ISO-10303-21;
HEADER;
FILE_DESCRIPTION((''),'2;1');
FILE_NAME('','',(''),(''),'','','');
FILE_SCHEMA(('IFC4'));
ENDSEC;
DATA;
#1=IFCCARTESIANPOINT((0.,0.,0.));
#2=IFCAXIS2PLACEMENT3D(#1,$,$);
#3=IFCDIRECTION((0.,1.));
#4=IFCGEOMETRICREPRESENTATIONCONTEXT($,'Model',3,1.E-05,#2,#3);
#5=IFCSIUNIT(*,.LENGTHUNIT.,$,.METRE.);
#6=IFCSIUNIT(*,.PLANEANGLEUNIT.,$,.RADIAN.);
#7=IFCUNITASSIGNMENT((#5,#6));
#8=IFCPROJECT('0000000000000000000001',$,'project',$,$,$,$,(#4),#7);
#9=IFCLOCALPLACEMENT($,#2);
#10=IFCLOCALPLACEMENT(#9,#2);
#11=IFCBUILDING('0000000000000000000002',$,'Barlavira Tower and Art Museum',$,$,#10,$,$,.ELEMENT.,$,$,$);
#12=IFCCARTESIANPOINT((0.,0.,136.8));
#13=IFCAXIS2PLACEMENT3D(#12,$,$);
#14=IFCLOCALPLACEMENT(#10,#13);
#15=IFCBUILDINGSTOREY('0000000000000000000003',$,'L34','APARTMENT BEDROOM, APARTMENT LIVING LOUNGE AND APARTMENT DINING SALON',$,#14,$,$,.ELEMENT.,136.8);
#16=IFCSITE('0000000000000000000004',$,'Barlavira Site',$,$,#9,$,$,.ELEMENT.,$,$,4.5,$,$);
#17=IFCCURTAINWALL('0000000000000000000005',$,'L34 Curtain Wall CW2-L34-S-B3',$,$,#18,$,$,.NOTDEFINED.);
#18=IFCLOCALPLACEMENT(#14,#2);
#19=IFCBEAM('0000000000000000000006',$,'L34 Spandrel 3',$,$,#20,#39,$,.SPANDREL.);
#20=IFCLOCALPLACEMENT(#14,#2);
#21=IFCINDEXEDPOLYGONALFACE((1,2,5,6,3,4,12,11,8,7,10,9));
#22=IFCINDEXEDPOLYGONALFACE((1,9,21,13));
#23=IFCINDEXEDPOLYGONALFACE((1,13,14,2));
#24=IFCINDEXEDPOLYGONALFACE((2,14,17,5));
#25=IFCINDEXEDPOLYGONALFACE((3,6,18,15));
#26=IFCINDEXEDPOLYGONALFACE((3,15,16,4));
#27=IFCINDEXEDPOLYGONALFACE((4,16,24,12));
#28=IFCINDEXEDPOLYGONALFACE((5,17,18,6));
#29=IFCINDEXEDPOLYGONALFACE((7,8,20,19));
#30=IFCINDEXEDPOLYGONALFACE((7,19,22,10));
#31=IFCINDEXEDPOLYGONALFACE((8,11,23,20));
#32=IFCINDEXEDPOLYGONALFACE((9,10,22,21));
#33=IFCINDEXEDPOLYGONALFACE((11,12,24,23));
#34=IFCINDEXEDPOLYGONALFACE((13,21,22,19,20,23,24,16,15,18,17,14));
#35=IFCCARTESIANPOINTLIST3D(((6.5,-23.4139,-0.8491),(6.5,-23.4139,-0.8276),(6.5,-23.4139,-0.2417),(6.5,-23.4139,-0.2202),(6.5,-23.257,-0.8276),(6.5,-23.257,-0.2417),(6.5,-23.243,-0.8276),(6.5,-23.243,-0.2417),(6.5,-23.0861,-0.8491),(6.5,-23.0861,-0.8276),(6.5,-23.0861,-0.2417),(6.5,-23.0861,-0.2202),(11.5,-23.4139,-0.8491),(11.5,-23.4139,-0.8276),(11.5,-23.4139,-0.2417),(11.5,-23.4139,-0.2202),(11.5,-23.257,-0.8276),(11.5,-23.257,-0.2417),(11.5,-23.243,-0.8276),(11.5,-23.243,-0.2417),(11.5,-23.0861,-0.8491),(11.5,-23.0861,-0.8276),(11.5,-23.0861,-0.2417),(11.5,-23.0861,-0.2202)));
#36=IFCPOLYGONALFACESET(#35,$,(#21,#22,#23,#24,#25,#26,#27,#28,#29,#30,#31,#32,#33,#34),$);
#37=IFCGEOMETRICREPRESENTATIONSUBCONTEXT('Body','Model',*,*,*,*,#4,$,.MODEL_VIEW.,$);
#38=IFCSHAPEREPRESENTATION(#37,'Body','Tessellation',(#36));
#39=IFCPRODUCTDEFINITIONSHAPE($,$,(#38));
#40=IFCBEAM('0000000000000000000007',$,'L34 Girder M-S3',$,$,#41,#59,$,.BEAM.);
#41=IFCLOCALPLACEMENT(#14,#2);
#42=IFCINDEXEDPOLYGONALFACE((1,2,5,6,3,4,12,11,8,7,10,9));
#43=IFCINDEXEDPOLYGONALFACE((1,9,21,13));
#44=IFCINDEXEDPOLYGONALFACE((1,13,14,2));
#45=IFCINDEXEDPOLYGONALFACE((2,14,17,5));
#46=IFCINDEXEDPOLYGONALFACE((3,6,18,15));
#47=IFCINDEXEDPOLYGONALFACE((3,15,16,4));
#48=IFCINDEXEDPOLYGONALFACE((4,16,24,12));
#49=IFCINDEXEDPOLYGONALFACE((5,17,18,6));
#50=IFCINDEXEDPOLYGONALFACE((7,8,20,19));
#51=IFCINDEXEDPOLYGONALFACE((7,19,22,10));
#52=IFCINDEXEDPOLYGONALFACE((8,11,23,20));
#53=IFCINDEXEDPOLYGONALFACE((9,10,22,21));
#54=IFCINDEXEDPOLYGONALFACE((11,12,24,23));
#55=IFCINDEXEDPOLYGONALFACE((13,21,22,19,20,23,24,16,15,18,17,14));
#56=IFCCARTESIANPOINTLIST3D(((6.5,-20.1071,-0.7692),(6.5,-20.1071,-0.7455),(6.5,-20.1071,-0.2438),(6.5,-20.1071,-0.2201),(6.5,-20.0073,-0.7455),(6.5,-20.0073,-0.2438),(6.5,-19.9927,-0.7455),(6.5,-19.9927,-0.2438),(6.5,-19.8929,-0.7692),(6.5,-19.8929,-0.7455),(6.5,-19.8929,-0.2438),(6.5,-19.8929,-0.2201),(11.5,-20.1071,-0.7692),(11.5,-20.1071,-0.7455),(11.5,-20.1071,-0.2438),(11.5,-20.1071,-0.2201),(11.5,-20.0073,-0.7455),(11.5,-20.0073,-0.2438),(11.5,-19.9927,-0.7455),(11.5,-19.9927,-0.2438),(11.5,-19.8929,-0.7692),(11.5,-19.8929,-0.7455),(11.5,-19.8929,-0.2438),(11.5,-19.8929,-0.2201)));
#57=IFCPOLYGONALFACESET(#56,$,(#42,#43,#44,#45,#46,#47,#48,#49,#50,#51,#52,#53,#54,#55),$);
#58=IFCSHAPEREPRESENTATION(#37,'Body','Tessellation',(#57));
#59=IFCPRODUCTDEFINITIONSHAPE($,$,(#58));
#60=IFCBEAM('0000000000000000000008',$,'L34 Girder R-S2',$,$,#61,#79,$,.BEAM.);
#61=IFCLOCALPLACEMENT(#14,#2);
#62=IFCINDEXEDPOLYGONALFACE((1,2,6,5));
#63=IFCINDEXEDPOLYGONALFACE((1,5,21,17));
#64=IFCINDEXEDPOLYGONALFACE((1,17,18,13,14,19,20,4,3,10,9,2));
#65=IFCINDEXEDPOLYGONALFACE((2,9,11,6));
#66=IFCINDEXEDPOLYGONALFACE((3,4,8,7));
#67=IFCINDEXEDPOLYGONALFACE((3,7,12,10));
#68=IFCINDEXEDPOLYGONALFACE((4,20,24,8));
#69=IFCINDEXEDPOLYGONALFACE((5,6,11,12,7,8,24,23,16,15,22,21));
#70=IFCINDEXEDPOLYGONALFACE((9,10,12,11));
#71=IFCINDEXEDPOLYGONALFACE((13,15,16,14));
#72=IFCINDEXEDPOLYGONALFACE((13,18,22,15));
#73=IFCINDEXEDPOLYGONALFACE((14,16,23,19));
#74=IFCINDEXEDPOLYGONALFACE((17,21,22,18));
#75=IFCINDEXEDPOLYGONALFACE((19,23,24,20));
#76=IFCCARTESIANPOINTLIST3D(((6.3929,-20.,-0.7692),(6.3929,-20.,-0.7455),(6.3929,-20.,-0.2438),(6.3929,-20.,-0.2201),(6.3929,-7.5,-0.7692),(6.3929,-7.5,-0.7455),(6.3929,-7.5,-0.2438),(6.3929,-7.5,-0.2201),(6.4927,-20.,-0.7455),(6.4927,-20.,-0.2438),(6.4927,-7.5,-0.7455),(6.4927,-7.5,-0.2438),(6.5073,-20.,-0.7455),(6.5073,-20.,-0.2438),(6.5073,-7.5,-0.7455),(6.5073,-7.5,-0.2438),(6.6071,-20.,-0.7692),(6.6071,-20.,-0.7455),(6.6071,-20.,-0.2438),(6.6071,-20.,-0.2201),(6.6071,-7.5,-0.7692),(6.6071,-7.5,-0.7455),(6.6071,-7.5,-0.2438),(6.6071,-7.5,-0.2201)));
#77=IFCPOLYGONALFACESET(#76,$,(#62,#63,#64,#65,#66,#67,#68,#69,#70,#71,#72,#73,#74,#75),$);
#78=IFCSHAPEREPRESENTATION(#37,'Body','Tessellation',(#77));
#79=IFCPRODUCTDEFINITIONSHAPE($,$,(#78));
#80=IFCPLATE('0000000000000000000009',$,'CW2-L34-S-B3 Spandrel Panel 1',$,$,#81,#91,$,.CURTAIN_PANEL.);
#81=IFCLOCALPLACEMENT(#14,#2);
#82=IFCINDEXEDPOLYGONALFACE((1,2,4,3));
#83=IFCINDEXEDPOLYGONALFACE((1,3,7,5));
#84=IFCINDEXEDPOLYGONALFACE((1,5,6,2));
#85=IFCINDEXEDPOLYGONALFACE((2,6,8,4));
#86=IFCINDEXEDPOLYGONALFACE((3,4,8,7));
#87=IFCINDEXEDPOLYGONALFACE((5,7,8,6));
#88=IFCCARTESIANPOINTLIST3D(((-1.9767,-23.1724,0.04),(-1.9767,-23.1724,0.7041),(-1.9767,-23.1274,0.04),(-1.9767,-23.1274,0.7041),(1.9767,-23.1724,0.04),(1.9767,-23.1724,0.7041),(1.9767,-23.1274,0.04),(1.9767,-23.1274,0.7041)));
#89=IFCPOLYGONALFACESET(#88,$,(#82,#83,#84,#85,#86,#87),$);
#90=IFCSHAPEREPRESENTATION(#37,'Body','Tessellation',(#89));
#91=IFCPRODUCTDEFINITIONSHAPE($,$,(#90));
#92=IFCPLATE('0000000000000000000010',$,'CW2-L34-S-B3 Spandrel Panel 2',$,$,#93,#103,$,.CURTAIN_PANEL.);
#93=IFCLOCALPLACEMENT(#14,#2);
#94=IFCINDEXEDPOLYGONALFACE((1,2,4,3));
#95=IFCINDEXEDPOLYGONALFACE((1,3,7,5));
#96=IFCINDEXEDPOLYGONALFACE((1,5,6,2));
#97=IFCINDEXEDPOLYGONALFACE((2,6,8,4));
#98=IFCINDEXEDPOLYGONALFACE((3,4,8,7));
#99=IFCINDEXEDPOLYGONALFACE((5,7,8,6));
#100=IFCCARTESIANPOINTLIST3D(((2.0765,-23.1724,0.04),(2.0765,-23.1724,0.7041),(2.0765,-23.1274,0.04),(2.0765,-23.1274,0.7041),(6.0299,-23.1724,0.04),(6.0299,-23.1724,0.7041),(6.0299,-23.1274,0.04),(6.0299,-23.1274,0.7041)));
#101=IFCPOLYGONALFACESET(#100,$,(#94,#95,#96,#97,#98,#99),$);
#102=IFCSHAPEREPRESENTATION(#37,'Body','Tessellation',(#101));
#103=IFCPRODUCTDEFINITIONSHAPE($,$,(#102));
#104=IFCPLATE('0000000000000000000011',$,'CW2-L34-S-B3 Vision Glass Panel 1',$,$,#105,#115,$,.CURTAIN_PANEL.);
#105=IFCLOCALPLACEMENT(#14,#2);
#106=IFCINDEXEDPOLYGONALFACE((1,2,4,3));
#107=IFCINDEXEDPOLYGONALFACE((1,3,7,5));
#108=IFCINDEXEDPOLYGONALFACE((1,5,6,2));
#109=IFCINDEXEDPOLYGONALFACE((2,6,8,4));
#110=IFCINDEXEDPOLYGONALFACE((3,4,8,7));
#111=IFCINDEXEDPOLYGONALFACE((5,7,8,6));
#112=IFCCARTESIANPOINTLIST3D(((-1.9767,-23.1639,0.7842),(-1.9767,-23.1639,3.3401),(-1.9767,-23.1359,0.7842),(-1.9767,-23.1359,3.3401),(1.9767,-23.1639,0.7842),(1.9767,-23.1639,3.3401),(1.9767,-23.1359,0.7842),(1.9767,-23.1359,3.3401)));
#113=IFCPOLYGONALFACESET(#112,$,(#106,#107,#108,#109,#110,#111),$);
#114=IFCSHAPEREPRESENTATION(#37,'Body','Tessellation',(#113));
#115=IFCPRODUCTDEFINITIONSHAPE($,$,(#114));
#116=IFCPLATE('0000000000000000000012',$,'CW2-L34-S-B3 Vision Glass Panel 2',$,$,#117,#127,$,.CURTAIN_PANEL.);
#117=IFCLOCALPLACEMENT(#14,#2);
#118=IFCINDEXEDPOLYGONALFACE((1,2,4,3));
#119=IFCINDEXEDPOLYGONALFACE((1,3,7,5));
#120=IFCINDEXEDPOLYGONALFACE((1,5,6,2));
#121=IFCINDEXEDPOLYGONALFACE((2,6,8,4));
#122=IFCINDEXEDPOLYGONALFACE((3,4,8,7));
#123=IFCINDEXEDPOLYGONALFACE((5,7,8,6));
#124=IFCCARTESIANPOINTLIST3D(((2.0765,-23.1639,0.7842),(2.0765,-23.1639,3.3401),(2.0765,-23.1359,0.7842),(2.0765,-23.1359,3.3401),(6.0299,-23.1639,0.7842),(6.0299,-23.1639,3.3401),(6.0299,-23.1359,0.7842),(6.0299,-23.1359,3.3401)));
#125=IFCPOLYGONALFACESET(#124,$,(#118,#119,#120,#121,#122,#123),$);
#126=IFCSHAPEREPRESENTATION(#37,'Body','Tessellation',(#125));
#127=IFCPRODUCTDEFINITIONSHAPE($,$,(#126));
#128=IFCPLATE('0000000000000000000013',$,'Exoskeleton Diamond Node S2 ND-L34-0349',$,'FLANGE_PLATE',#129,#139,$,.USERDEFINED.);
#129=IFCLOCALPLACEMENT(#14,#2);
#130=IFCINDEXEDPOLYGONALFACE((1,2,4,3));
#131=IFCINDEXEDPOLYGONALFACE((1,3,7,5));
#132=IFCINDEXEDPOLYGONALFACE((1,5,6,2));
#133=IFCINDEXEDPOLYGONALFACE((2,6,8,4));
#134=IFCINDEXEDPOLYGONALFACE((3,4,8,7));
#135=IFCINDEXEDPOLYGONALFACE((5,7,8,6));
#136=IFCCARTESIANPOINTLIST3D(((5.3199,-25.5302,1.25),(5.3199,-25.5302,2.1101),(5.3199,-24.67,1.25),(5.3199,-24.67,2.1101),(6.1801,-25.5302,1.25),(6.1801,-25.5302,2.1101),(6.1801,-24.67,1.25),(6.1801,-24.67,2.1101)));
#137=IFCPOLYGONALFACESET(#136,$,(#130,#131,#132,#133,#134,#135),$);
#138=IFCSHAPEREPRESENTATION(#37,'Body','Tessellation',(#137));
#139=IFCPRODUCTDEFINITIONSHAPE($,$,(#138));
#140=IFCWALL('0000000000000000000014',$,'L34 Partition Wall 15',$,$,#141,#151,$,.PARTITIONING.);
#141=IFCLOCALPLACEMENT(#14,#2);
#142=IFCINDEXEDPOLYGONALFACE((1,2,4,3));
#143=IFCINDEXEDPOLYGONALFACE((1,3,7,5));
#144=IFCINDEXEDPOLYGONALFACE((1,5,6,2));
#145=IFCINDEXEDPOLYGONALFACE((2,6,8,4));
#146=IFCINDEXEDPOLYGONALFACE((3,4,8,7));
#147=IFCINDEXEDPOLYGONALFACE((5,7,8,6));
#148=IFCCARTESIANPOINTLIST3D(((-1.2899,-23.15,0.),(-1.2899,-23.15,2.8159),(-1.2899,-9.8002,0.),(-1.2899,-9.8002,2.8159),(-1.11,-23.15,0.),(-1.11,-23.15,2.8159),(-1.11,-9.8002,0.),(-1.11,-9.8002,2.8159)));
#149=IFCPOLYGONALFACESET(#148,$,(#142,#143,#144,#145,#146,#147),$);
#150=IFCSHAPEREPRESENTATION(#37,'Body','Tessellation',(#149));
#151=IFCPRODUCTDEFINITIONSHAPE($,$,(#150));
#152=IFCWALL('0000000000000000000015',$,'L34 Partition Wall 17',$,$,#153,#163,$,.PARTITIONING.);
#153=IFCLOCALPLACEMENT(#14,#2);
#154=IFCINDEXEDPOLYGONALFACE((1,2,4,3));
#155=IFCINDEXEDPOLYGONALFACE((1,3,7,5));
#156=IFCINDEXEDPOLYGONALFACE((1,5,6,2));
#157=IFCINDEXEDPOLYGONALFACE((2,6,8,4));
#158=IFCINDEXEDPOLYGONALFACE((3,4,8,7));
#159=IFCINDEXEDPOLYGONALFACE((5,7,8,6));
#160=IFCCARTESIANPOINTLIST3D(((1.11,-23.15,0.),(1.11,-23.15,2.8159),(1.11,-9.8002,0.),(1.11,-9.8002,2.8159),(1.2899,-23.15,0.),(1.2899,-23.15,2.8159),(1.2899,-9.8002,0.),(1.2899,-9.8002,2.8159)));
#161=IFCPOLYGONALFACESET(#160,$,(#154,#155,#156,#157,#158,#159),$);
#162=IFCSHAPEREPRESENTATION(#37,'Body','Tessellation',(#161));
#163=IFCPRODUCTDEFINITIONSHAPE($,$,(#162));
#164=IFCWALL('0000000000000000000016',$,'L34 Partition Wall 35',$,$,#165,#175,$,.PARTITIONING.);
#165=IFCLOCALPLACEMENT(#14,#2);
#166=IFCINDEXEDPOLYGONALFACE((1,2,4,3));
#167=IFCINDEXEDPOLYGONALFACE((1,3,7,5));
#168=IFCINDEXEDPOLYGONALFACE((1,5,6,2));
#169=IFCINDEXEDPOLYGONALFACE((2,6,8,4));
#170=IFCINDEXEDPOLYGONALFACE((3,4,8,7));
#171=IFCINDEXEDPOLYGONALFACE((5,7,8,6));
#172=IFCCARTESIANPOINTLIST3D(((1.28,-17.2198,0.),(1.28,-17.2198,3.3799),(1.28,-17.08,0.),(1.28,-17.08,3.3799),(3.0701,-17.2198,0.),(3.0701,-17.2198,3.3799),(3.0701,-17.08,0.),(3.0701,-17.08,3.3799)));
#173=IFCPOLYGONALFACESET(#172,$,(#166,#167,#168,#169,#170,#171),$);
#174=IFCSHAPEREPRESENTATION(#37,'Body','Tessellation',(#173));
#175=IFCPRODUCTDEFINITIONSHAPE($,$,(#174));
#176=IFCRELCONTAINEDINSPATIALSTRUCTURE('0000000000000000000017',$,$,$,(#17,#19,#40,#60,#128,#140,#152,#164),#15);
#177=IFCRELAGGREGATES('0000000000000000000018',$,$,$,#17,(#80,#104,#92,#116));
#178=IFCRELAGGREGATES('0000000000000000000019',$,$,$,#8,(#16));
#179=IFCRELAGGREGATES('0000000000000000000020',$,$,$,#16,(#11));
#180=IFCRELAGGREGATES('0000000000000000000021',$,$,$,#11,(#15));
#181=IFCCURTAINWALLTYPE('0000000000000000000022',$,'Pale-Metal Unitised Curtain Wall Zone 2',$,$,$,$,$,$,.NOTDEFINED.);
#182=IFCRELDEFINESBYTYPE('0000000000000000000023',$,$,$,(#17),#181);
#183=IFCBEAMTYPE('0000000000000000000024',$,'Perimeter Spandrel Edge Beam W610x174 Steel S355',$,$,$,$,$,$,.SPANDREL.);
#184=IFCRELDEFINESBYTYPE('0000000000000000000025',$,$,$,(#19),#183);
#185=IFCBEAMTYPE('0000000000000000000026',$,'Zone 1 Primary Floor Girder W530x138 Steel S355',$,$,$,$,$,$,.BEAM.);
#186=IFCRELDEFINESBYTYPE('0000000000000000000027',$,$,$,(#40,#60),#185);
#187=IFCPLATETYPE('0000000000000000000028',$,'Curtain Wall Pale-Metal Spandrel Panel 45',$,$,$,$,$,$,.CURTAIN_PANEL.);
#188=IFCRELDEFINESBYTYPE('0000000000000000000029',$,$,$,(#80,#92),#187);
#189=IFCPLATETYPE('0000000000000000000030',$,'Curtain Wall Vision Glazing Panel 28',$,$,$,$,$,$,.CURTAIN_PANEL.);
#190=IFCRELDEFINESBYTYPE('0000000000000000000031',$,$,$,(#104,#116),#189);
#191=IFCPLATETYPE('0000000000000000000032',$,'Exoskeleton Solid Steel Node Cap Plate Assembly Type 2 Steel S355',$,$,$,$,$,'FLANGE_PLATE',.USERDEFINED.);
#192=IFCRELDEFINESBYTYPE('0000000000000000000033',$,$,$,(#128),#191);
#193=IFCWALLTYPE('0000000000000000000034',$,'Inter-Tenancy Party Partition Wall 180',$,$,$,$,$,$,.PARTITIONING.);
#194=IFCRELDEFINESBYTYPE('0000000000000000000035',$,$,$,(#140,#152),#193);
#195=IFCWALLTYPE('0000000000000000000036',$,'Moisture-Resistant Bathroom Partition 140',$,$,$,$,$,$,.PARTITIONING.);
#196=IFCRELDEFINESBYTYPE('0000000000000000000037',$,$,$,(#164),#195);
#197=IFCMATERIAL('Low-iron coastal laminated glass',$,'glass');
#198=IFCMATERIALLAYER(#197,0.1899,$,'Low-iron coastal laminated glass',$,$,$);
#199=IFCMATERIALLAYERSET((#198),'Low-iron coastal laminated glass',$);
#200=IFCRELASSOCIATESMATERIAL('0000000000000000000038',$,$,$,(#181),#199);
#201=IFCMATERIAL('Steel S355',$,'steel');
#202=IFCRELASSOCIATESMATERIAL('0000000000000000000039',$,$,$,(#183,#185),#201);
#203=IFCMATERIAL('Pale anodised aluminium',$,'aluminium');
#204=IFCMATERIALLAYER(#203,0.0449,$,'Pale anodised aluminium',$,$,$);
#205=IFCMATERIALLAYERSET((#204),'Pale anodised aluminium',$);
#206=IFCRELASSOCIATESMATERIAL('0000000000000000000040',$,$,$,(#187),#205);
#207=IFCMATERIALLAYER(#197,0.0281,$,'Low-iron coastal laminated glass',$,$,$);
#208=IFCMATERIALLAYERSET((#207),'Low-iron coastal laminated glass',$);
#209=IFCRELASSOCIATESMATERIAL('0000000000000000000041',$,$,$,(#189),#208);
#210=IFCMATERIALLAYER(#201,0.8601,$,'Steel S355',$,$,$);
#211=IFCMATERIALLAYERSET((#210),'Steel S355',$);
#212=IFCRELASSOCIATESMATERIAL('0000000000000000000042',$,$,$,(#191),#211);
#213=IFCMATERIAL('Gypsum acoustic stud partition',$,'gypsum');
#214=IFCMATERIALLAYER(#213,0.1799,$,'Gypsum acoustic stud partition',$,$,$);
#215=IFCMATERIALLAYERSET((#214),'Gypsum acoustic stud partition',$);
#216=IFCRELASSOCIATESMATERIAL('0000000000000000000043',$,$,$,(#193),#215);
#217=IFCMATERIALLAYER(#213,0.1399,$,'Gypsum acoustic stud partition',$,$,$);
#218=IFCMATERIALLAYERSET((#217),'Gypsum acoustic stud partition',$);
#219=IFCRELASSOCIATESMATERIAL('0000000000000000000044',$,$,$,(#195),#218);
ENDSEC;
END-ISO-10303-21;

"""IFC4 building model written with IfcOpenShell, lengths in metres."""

from ifc_helpers import new_model, si_unit, direction, frame, frame_2d, origin, origin_2d, place, context, subcontext, project, spatial, rectangle, i_section, extrude, material, layer, layer_set, material_profile, profile_set, type_object, element, aggregate, save


model = new_model("IFC4")

# Units and contexts
model_context = context("Model", 3, precision=1e-05, world=origin(), true_north=direction((0.0, 1.0)))
body_context = subcontext(model_context, "Body", "Model", "MODEL_VIEW")
ifc_project = project(units=[si_unit("LENGTHUNIT", "METRE"), si_unit("PLANEANGLEUNIT", "RADIAN")], contexts=[model_context])

# Site, building, storey
site_placement = place(None, origin())
site = spatial("IfcSite", under=ifc_project, at=site_placement, Name="Barlavira Site", CompositionType="ELEMENT", RefElevation=4.5)
building_placement = place(site_placement, origin())
building = spatial("IfcBuilding", under=site, at=building_placement, Name="Barlavira Tower and Art Museum", CompositionType="ELEMENT")
storey_placement = place(building_placement, frame((0.0, 0.0, 136.8)))
storey = spatial("IfcBuildingStorey", under=building, at=storey_placement, Name="L34", Description="APARTMENT BEDROOM, APARTMENT LIVING LOUNGE AND APARTMENT DINING SALON", CompositionType="ELEMENT", Elevation=136.8)

# Curtain wall
ifc_material_1 = material(Name="Low-iron coastal laminated glass", Category="glass")
ifc_layer_1 = layer(ifc_material_1, 0.1899, Name="Low-iron coastal laminated glass")
ifc_layer_set_1 = layer_set([ifc_layer_1], Name="Low-iron coastal laminated glass")
curtain_wall_type = type_object("IfcCurtainWallType", Name="Pale-Metal Unitised Curtain Wall Zone 2", PredefinedType="NOTDEFINED", material=ifc_layer_set_1)
curtain_wall_placement = place(storey_placement, origin())
curtain_wall = element("IfcCurtainWall", 1, at=curtain_wall_placement, inside=storey, type_object=curtain_wall_type, Name="L34 Curtain Wall CW2-L34-S-B3", PredefinedType="NOTDEFINED")
ifc_material_2 = material(Name="Pale anodised aluminium", Category="aluminium")

# Beams
ifc_material_3 = material(Name="Steel S355", Category="steel")
ifc_material_profile_1 = material_profile(ifc_material_3, i_section(OverallWidth=0.3279, OverallDepth=0.6289, WebThickness=0.0139, FlangeThickness=0.0215, at=origin_2d()), Name="W610x174.0")
ifc_profile_set_1 = profile_set([ifc_material_profile_1], Name="Steel S355")
beam_type_1 = type_object("IfcBeamType", Name="Perimeter Spandrel Edge Beam W610x174 Steel S355", PredefinedType="SPANDREL", material=ifc_profile_set_1)
beam_1_placement = place(storey_placement, frame((6.5, -23.25, -0.5347), z_axis=(1.0, 0.0, 0.0), x_axis=(0.0, 1.0, 0.0)))
element("IfcBeam", 2, at=beam_1_placement, inside=storey, type_object=beam_type_1, Name="L34 Spandrel 3", PredefinedType="SPANDREL", context=body_context, shape_type="SweptSolid", body=[
    extrude(i_section(OverallWidth=0.3279, OverallDepth=0.6289, WebThickness=0.0139, FlangeThickness=0.0215, at=origin_2d()), origin(), (0.0, 0.0, 1.0), 5.0),
])
ifc_material_profile_2 = material_profile(ifc_material_3, i_section(OverallWidth=0.2141, OverallDepth=0.5491, WebThickness=0.0146, FlangeThickness=0.0237, at=origin_2d()), Name="W530x138.0")
ifc_profile_set_2 = profile_set([ifc_material_profile_2], Name="Steel S355")
beam_type_2 = type_object("IfcBeamType", Name="Zone 1 Primary Floor Girder W530x138 Steel S355", PredefinedType="BEAM", material=ifc_profile_set_2)
beam_2_placement = place(storey_placement, frame((6.5, -20.0, -0.4946), z_axis=(1.0, 0.0, 0.0), x_axis=(0.0, 1.0, 0.0)))
element("IfcBeam", 3, at=beam_2_placement, inside=storey, type_object=beam_type_2, Name="L34 Girder M-S3", PredefinedType="BEAM", context=body_context, shape_type="SweptSolid", body=[
    extrude(i_section(OverallWidth=0.2141, OverallDepth=0.5491, WebThickness=0.0146, FlangeThickness=0.0237, at=origin_2d()), origin(), (0.0, 0.0, 1.0), 5.0),
])
beam_3_placement = place(storey_placement, frame((6.5, -20.0, -0.4946), z_axis=(0.0, 1.0, 0.0), x_axis=(-1.0, 0.0, 0.0)))
element("IfcBeam", 4, at=beam_3_placement, inside=storey, type_object=beam_type_2, Name="L34 Girder R-S2", PredefinedType="BEAM", context=body_context, shape_type="SweptSolid", body=[
    extrude(i_section(OverallWidth=0.2141, OverallDepth=0.5491, WebThickness=0.0146, FlangeThickness=0.0237, at=origin_2d()), origin(), (0.0, 0.0, 1.0), 12.5),
])

# Plates
ifc_layer_2 = layer(ifc_material_2, 0.0449, Name="Pale anodised aluminium")
ifc_layer_set_2 = layer_set([ifc_layer_2], Name="Pale anodised aluminium")
plate_type_1 = type_object("IfcPlateType", Name="Curtain Wall Pale-Metal Spandrel Panel 45", PredefinedType="CURTAIN_PANEL", material=ifc_layer_set_2)
plate_1_placement = place(storey_placement, frame((0.0, -23.1499, 0.04), z_axis=(0.0, 0.0, 1.0), x_axis=(1.0, 0.0, 0.0)))
plate_1 = element("IfcPlate", 5, at=plate_1_placement, type_object=plate_type_1, Name="CW2-L34-S-B3 Spandrel Panel 1", PredefinedType="CURTAIN_PANEL", context=body_context, shape_type="SweptSolid", body=[
    extrude(rectangle(XDim=3.9534, YDim=0.0449, at=origin_2d()), origin(), (0.0, 0.0, 1.0), 0.6641),
])
plate_2_placement = place(storey_placement, frame((4.0532, -23.1499, 0.04), z_axis=(0.0, 0.0, 1.0), x_axis=(1.0, 0.0, 0.0)))
plate_2 = element("IfcPlate", 6, at=plate_2_placement, type_object=plate_type_1, Name="CW2-L34-S-B3 Spandrel Panel 2", PredefinedType="CURTAIN_PANEL", context=body_context, shape_type="SweptSolid", body=[
    extrude(rectangle(XDim=3.9534, YDim=0.0449, at=origin_2d()), origin(), (0.0, 0.0, 1.0), 0.6641),
])
ifc_layer_3 = layer(ifc_material_1, 0.0281, Name="Low-iron coastal laminated glass")
ifc_layer_set_3 = layer_set([ifc_layer_3], Name="Low-iron coastal laminated glass")
plate_type_2 = type_object("IfcPlateType", Name="Curtain Wall Vision Glazing Panel 28", PredefinedType="CURTAIN_PANEL", material=ifc_layer_set_3)
plate_3_placement = place(storey_placement, frame((0.0, -23.1499, 0.7842), z_axis=(0.0, 0.0, 1.0), x_axis=(1.0, 0.0, 0.0)))
plate_3 = element("IfcPlate", 7, at=plate_3_placement, type_object=plate_type_2, Name="CW2-L34-S-B3 Vision Glass Panel 1", PredefinedType="CURTAIN_PANEL", context=body_context, shape_type="SweptSolid", body=[
    extrude(rectangle(XDim=3.9534, YDim=0.0281, at=origin_2d()), origin(), (0.0, 0.0, 1.0), 2.5559),
])
plate_4_placement = place(storey_placement, frame((4.0532, -23.1499, 0.7842), z_axis=(0.0, 0.0, 1.0), x_axis=(1.0, 0.0, 0.0)))
plate_4 = element("IfcPlate", 8, at=plate_4_placement, type_object=plate_type_2, Name="CW2-L34-S-B3 Vision Glass Panel 2", PredefinedType="CURTAIN_PANEL", context=body_context, shape_type="SweptSolid", body=[
    extrude(rectangle(XDim=3.9534, YDim=0.0281, at=origin_2d()), origin(), (0.0, 0.0, 1.0), 2.5559),
])
aggregate(curtain_wall, [plate_1, plate_3, plate_2, plate_4])
ifc_layer_4 = layer(ifc_material_3, 0.8601, Name="Steel S355")
ifc_layer_set_4 = layer_set([ifc_layer_4], Name="Steel S355")
plate_type_3 = type_object("IfcPlateType", Name="Exoskeleton Solid Steel Node Cap Plate Assembly Type 2 Steel S355", ElementType="FLANGE_PLATE", PredefinedType="USERDEFINED", material=ifc_layer_set_4)
plate_5_placement = place(storey_placement, frame((5.75, -25.1001, 1.25), z_axis=(0.0, 0.0, 1.0), x_axis=(1.0, 0.0, 0.0)))
element("IfcPlate", 9, at=plate_5_placement, inside=storey, type_object=plate_type_3, Name="Exoskeleton Diamond Node S2 ND-L34-0349", ObjectType="FLANGE_PLATE", PredefinedType="USERDEFINED", context=body_context, shape_type="SweptSolid", body=[
    extrude(rectangle(XDim=0.8601, YDim=0.8601, at=origin_2d()), origin(), (0.0, 0.0, 1.0), 0.8601),
])

# Walls
ifc_material_4 = material(Name="Gypsum acoustic stud partition", Category="gypsum")
ifc_layer_5 = layer(ifc_material_4, 0.1799, Name="Gypsum acoustic stud partition")
ifc_layer_set_5 = layer_set([ifc_layer_5], Name="Gypsum acoustic stud partition")
wall_type_1 = type_object("IfcWallType", Name="Inter-Tenancy Party Partition Wall 180", PredefinedType="PARTITIONING", material=ifc_layer_set_5)
for number, where, z_axis, x_axis, name in (
    (10, (-1.2, -23.1499, 0.0), (0.0, 0.0, 1.0), (0.0, 1.0, 0.0), "L34 Partition Wall 15"),
    (11, (1.2, -23.1499, 0.0), (0.0, 0.0, 1.0), (0.0, 1.0, 0.0), "L34 Partition Wall 17"),
):
    element("IfcWall", number, at=place(storey_placement, frame(where, z_axis=z_axis, x_axis=x_axis)), inside=storey, type_object=wall_type_1, Name=name, PredefinedType="PARTITIONING", context=body_context, shape_type="SweptSolid", body=[
        extrude(rectangle(XDim=13.3499, YDim=0.1799, at=frame_2d((6.6748, 0.0))), origin(), (0.0, 0.0, 1.0), 2.8159),
    ])

# Wall
ifc_layer_6 = layer(ifc_material_4, 0.1399, Name="Gypsum acoustic stud partition")
ifc_layer_set_6 = layer_set([ifc_layer_6], Name="Gypsum acoustic stud partition")
wall_type_2 = type_object("IfcWallType", Name="Moisture-Resistant Bathroom Partition 140", PredefinedType="PARTITIONING", material=ifc_layer_set_6)
wall_1_placement = place(storey_placement, frame((1.28, -17.1499, 0.0), z_axis=(0.0, 0.0, 1.0), x_axis=(1.0, 0.0, 0.0)))
element("IfcWall", 12, at=wall_1_placement, inside=storey, type_object=wall_type_2, Name="L34 Partition Wall 35", PredefinedType="PARTITIONING", context=body_context, shape_type="SweptSolid", body=[
    extrude(rectangle(XDim=1.79, YDim=0.1399, at=frame_2d((0.895, 0.0))), origin(), (0.0, 0.0, 1.0), 3.3799),
])

save(model, "model.ifc")
